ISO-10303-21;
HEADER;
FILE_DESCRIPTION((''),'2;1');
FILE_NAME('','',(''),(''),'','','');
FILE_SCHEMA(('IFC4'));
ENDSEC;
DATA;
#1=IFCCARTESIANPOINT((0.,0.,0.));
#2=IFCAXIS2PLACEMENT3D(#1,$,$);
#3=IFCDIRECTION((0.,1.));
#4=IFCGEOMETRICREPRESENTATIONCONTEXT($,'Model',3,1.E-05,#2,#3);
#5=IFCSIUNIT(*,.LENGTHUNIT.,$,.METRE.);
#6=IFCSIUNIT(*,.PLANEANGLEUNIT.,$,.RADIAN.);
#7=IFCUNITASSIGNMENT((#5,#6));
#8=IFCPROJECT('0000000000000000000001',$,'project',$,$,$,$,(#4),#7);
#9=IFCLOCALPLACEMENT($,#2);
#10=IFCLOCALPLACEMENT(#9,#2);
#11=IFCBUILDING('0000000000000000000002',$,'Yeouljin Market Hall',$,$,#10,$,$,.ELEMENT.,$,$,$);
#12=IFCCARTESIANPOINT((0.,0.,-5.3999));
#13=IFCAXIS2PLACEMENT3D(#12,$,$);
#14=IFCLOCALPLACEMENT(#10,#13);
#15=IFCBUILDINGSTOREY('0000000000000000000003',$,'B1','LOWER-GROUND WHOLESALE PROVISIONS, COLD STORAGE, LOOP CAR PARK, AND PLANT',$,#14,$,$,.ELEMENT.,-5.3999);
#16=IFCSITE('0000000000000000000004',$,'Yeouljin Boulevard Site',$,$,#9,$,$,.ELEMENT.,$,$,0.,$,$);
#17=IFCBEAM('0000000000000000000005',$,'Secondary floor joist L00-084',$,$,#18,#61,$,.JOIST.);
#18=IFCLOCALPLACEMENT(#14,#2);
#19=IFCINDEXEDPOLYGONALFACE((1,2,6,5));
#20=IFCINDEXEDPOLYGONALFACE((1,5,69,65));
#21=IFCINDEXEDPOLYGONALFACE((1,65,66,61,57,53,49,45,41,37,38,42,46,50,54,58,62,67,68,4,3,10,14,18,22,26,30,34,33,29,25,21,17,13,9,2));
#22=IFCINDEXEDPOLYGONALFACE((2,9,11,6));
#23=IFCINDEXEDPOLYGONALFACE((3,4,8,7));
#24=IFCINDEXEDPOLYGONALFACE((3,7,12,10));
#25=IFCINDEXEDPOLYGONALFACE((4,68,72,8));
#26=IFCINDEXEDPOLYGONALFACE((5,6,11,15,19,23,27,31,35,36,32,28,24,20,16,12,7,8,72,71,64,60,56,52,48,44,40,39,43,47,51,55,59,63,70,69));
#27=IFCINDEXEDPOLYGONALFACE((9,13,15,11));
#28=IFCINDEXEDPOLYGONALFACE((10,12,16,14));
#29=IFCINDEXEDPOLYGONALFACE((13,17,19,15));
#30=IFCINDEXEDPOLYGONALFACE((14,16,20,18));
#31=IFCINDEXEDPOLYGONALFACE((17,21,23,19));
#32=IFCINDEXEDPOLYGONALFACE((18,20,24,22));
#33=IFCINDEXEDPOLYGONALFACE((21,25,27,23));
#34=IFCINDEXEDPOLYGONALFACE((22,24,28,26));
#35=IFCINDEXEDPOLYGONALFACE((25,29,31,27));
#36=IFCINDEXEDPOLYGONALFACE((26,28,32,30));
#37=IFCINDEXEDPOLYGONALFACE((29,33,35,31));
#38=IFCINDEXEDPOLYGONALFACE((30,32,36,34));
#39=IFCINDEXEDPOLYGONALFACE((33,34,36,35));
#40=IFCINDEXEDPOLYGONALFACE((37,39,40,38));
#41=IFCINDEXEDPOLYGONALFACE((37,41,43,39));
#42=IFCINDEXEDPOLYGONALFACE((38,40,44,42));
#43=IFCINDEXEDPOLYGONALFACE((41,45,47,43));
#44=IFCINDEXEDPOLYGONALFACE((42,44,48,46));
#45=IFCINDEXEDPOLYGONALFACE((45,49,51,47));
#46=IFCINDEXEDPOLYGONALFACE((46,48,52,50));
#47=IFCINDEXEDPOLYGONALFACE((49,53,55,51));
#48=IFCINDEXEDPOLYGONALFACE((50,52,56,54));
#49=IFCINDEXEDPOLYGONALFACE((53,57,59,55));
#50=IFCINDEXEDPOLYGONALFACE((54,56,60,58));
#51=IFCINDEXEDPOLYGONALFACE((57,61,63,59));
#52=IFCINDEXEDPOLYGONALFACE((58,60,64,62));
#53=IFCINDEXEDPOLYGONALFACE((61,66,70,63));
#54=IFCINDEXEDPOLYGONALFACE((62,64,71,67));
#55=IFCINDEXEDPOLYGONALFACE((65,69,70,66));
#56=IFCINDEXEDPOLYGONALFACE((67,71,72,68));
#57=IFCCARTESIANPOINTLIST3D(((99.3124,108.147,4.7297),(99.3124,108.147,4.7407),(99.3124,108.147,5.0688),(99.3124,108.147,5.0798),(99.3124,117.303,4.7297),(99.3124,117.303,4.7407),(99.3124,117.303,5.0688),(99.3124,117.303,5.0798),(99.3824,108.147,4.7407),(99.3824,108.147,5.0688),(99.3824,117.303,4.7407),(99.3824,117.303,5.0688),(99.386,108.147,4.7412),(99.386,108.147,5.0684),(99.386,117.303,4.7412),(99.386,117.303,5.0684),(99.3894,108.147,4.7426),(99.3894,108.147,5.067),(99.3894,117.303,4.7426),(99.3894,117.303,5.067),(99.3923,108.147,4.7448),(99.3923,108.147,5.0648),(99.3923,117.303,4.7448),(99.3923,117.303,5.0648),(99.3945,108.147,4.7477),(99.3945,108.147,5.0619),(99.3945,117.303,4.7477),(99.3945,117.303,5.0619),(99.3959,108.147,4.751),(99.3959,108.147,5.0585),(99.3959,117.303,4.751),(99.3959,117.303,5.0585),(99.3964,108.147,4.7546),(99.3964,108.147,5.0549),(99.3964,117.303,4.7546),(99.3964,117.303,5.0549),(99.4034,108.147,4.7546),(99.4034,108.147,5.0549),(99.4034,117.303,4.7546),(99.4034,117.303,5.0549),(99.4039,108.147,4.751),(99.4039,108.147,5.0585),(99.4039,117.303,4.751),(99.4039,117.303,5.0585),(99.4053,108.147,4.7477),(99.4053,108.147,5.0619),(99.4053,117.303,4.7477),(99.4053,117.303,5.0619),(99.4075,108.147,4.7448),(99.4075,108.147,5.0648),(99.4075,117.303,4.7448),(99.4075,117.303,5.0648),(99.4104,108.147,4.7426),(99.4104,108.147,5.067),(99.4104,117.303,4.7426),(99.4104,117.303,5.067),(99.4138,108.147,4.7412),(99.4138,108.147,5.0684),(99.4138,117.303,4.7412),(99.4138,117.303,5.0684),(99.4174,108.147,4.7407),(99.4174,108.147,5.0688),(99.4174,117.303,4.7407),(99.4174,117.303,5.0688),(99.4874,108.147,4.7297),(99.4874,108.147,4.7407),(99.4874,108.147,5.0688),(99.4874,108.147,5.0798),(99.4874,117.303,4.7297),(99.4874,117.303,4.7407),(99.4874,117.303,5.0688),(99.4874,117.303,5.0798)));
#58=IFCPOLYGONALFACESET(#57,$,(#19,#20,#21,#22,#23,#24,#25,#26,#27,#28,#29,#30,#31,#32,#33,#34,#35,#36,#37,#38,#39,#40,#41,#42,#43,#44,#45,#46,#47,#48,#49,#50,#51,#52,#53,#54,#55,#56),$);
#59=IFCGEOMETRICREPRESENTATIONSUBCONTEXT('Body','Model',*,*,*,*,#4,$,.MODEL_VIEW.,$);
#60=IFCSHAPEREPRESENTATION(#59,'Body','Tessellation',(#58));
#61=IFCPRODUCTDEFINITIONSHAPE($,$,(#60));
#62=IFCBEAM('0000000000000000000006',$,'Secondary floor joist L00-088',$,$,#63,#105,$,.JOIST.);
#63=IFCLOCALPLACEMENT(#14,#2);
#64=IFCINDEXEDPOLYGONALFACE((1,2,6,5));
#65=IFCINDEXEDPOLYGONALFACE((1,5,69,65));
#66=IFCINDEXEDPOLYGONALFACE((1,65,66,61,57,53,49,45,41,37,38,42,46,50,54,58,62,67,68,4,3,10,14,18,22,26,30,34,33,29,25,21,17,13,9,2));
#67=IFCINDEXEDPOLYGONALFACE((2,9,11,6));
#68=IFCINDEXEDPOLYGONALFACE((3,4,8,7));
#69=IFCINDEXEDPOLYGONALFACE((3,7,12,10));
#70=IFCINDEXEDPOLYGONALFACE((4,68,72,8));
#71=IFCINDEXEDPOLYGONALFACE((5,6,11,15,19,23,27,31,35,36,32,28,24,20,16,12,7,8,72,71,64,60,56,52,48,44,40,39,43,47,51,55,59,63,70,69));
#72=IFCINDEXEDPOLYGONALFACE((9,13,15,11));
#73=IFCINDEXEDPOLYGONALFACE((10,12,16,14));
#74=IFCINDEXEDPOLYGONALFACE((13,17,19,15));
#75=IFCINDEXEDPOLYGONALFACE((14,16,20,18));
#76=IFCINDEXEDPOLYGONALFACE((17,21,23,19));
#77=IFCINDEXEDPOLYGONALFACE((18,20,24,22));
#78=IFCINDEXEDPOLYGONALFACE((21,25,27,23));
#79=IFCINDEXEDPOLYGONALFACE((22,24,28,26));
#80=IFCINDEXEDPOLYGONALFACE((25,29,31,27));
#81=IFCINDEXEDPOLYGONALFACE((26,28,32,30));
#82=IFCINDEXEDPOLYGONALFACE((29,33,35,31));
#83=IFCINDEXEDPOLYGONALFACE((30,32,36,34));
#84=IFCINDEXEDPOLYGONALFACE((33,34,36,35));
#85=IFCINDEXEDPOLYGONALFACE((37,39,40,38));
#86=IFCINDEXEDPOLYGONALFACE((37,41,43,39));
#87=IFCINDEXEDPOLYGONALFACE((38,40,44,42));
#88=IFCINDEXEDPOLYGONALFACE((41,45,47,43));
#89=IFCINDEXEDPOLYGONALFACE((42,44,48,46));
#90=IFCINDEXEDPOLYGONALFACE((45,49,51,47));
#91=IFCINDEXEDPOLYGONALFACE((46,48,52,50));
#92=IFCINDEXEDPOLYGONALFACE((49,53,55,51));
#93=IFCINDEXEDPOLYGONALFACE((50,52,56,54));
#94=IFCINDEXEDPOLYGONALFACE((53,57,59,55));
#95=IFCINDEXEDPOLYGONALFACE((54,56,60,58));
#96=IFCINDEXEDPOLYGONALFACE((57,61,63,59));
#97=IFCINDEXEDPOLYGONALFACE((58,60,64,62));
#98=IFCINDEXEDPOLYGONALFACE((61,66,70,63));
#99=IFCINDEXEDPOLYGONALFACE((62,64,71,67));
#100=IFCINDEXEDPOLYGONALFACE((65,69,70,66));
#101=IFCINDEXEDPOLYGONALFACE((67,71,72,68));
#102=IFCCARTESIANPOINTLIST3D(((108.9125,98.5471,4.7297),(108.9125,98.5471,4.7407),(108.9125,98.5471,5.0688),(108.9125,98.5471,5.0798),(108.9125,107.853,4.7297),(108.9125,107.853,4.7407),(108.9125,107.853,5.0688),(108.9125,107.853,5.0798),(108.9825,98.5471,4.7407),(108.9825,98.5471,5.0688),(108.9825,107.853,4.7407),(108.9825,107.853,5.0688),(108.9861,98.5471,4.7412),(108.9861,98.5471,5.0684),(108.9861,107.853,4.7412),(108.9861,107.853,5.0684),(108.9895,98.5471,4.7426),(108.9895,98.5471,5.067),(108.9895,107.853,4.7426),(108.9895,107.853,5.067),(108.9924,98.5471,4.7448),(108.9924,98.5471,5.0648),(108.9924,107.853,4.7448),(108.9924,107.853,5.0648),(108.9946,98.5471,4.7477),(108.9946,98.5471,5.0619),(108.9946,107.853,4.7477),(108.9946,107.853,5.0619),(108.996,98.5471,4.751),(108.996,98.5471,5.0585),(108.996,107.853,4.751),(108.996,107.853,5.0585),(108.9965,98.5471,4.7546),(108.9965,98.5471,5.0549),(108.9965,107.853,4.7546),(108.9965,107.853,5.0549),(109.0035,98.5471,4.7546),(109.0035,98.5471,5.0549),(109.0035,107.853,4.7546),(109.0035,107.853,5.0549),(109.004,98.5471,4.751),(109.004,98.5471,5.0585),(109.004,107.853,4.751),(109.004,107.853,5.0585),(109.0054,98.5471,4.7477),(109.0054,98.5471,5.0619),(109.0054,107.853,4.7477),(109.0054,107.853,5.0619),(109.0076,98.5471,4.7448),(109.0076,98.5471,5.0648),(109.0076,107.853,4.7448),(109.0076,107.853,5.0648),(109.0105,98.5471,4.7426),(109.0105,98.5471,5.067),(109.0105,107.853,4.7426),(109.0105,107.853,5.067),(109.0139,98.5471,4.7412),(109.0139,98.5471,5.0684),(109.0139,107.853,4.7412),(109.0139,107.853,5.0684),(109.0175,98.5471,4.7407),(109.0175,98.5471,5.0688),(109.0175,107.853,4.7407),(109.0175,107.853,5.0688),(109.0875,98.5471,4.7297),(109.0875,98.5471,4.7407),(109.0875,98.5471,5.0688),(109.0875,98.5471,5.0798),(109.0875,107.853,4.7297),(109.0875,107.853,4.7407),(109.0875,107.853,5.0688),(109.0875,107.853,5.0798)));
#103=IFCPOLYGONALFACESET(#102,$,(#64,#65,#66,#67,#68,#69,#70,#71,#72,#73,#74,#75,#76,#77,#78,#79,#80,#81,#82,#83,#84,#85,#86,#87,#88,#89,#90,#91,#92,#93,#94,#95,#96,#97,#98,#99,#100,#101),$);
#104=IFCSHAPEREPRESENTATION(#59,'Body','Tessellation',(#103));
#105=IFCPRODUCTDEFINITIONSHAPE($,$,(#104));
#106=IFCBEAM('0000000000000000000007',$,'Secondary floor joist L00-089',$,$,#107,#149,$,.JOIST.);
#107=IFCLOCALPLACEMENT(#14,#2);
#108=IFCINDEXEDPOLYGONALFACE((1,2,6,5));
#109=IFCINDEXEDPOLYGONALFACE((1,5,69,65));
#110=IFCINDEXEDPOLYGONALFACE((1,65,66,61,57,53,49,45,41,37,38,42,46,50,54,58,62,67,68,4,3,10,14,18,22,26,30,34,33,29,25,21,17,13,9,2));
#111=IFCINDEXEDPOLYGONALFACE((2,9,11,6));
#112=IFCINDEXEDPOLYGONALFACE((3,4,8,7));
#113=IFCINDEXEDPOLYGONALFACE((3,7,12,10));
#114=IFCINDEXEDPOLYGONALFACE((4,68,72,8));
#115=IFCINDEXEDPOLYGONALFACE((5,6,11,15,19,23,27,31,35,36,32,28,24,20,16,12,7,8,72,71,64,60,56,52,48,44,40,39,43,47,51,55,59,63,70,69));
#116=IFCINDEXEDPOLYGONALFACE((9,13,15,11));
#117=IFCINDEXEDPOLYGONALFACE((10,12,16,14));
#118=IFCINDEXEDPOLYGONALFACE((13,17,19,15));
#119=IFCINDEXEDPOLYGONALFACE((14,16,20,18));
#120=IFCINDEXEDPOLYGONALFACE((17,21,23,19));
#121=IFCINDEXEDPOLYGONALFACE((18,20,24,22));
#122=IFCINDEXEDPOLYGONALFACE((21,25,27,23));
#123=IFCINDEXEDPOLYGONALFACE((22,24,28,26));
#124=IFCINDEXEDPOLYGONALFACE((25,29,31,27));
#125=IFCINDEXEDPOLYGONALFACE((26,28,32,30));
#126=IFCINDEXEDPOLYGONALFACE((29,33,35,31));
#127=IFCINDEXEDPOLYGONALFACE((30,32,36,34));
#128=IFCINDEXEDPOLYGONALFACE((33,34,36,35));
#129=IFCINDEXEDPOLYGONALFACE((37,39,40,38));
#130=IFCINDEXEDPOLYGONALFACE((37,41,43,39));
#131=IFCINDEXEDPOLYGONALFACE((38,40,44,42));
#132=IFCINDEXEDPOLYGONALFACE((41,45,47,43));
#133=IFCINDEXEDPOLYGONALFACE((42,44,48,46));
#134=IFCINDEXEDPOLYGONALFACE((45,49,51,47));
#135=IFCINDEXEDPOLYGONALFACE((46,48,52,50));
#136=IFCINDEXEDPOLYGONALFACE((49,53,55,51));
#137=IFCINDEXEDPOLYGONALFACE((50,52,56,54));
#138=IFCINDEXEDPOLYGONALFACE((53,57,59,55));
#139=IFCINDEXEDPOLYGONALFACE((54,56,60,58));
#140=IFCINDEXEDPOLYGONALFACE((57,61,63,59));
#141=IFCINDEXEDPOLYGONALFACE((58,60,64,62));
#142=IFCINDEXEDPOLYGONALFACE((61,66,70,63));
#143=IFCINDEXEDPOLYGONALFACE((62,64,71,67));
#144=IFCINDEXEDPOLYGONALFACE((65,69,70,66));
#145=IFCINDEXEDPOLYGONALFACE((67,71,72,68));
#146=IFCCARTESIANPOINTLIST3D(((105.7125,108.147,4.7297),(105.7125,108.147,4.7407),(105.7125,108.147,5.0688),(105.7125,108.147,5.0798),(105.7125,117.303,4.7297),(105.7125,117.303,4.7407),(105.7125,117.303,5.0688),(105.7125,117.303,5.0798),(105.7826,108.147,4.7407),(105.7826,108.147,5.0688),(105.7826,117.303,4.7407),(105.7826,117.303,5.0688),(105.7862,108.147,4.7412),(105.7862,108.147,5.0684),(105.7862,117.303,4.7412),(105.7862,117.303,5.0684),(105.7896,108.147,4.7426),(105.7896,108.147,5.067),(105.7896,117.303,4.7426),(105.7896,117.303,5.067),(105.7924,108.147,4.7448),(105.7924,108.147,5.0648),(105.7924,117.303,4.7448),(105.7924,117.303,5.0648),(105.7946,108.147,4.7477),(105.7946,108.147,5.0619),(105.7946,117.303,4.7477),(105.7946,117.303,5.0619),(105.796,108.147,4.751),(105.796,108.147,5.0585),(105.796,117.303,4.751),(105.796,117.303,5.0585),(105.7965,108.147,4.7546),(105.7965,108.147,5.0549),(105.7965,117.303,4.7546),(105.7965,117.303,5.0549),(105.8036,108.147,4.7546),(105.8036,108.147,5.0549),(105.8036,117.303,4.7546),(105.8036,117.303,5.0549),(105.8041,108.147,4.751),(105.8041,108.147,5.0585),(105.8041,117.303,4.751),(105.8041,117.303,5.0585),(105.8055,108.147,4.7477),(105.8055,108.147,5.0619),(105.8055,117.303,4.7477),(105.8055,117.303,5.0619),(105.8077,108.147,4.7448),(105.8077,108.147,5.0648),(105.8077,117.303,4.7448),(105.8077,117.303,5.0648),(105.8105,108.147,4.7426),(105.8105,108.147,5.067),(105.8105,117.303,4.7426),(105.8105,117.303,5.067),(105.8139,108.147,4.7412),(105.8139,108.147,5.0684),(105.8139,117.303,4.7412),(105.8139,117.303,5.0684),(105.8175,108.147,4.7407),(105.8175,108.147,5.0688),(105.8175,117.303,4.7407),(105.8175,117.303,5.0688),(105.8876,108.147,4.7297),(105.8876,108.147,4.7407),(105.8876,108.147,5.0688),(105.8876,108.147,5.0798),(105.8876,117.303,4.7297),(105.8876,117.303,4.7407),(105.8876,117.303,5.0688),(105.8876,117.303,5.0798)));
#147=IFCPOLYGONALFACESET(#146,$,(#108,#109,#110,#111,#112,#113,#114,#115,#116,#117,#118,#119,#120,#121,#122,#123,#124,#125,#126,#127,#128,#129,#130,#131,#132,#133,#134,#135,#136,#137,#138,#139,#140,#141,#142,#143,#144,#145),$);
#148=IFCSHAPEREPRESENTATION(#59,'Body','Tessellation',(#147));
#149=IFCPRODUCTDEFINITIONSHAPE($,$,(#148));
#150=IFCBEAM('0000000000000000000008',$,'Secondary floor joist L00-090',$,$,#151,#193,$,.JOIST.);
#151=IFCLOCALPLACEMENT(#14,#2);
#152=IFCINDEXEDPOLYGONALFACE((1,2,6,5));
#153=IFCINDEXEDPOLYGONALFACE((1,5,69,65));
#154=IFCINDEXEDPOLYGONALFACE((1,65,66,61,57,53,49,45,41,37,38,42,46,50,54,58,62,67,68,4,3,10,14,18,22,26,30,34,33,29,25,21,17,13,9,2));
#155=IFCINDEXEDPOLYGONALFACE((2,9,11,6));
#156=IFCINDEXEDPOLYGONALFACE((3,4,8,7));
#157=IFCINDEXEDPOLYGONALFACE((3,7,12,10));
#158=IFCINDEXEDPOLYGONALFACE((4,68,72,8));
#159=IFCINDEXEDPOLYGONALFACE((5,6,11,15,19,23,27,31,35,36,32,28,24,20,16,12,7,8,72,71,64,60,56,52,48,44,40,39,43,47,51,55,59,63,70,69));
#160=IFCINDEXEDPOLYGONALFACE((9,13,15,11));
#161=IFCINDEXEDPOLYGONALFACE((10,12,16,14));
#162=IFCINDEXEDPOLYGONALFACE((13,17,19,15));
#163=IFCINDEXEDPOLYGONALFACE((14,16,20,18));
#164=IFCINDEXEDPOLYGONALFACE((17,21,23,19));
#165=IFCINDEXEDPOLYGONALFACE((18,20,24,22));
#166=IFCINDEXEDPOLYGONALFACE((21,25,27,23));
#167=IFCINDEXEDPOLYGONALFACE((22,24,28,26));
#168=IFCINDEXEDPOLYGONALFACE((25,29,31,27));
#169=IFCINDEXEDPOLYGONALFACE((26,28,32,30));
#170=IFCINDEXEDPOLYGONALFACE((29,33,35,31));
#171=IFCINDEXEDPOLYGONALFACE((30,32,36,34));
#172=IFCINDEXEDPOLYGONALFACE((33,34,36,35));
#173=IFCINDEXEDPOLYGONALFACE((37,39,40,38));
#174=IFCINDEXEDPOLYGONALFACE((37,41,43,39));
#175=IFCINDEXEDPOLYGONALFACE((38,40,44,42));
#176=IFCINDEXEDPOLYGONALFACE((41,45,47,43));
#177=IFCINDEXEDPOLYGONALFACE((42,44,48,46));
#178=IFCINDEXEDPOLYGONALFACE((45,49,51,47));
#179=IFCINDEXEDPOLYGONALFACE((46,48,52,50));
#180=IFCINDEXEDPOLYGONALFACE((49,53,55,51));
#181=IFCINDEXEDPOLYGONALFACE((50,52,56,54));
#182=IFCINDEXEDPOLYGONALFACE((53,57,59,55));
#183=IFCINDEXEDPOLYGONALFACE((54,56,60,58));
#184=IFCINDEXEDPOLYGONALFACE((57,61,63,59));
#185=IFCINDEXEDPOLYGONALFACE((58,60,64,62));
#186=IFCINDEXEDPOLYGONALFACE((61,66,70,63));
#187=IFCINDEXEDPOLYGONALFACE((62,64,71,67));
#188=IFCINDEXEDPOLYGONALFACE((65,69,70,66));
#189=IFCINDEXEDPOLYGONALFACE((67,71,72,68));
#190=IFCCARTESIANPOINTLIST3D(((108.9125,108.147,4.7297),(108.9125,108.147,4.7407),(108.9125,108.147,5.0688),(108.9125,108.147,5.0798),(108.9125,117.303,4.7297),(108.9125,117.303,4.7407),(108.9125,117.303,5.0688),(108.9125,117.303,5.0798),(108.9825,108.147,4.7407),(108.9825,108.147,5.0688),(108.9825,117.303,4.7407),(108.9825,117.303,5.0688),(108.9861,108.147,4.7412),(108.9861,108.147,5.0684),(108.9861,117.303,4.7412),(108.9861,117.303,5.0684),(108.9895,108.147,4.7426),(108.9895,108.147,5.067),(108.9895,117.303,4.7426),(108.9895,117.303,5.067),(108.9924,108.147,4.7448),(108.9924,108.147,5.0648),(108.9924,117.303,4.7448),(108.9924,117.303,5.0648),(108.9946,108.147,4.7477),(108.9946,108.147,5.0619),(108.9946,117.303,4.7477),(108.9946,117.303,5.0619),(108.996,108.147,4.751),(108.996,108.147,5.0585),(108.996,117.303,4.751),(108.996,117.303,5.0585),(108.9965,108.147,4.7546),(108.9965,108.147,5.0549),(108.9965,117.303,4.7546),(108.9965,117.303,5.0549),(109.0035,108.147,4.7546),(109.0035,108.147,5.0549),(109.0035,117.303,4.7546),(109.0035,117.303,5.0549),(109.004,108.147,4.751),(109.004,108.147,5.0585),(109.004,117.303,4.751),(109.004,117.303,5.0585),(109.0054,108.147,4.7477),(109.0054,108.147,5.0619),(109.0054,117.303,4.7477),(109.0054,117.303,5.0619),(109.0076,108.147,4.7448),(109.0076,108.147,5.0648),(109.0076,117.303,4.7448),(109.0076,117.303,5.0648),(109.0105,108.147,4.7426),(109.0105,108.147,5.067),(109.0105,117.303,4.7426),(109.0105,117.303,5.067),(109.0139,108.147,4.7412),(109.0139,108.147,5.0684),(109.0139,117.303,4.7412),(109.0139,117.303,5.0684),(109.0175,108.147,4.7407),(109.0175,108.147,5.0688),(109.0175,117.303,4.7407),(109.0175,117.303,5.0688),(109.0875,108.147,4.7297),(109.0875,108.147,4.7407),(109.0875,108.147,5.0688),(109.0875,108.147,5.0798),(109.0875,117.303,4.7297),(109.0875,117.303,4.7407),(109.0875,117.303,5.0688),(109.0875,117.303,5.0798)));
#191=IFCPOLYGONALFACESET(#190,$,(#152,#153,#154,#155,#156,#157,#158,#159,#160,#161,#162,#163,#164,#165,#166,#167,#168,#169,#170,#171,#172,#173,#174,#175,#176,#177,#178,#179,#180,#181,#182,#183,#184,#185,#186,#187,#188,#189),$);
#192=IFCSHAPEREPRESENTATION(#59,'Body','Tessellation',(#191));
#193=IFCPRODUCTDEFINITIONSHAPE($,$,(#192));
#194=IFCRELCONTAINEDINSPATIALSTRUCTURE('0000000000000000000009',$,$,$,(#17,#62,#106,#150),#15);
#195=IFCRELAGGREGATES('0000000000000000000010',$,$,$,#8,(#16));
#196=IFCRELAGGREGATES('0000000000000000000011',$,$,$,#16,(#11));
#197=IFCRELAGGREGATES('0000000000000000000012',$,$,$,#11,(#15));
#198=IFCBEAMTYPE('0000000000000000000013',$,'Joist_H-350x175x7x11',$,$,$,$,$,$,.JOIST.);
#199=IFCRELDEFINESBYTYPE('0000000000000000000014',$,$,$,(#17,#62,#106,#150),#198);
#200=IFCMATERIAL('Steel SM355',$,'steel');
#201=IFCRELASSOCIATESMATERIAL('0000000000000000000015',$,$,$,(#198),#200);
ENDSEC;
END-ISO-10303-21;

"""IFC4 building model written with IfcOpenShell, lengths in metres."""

from ifc_helpers import new_model, si_unit, direction, frame, origin, origin_2d, place, context, subcontext, project, spatial, i_section, extrude, material, material_profile, profile_set, type_object, element, save


model = new_model("IFC4")

# Units and contexts
model_context = context("Model", 3, precision=1e-05, world=origin(), true_north=direction((0.0, 1.0)))
body_context = subcontext(model_context, "Body", "Model", "MODEL_VIEW")
ifc_project = project(units=[si_unit("LENGTHUNIT", "METRE"), si_unit("PLANEANGLEUNIT", "RADIAN")], contexts=[model_context])

# Site, building, storey
site_placement = place(None, origin())
site = spatial("IfcSite", under=ifc_project, at=site_placement, Name="Yeouljin Boulevard Site", CompositionType="ELEMENT", RefElevation=0.0)
building_placement = place(site_placement, origin())
building = spatial("IfcBuilding", under=site, at=building_placement, Name="Yeouljin Market Hall", CompositionType="ELEMENT")
storey_placement = place(building_placement, frame((0.0, 0.0, -5.3999)))
storey = spatial("IfcBuildingStorey", under=building, at=storey_placement, Name="B1", Description="LOWER-GROUND WHOLESALE PROVISIONS, COLD STORAGE, LOOP CAR PARK, AND PLANT", CompositionType="ELEMENT", Elevation=-5.3999)

# Beams
ifc_material_1 = material(Name="Steel SM355", Category="steel")
ifc_material_profile_1 = material_profile(ifc_material_1, i_section(OverallWidth=0.175, OverallDepth=0.3501, WebThickness=0.0071, FlangeThickness=0.011, FilletRadius=0.0139, at=origin_2d()), Name="H-350x175x7x11")
ifc_profile_set_1 = profile_set([ifc_material_profile_1], Name="Steel SM355")
beam_type_1 = type_object("IfcBeamType", Name="Joist_H-350x175x7x11", PredefinedType="JOIST", material=ifc_profile_set_1)
for number, where, z_axis, x_axis, name in (
    (1, (99.3999, 108.147, 4.9048), (0.0, 1.0, 0.0), (-1.0, 0.0, 0.0), "Secondary floor joist L00-084"),
):
    element("IfcBeam", number, at=place(storey_placement, frame(where, z_axis=z_axis, x_axis=x_axis)), inside=storey, type_object=beam_type_1, Name=name, PredefinedType="JOIST", context=body_context, shape_type="SweptSolid", body=[
        extrude(i_section(OverallWidth=0.175, OverallDepth=0.3501, WebThickness=0.0071, FlangeThickness=0.011, FilletRadius=0.0139, at=origin_2d()), origin(), (0.0, 0.0, 1.0), 9.156),
    ])
beam_1_placement = place(storey_placement, frame((109.0, 98.5471, 4.9048), z_axis=(0.0, 1.0, 0.0), x_axis=(-1.0, 0.0, 0.0)))
element("IfcBeam", 2, at=beam_1_placement, inside=storey, type_object=beam_type_1, Name="Secondary floor joist L00-088", PredefinedType="JOIST", context=body_context, shape_type="SweptSolid", body=[
    extrude(i_section(OverallWidth=0.175, OverallDepth=0.3501, WebThickness=0.0071, FlangeThickness=0.011, FilletRadius=0.0139, at=origin_2d()), origin(), (0.0, 0.0, 1.0), 9.3059),
])
for number, where, z_axis, x_axis, name in (
    (3, (105.8, 108.147, 4.9048), (0.0, 1.0, 0.0), (-1.0, 0.0, 0.0), "Secondary floor joist L00-089"),
    (4, (109.0, 108.147, 4.9048), (0.0, 1.0, 0.0), (-1.0, 0.0, 0.0), "Secondary floor joist L00-090"),
):
    element("IfcBeam", number, at=place(storey_placement, frame(where, z_axis=z_axis, x_axis=x_axis)), inside=storey, type_object=beam_type_1, Name=name, PredefinedType="JOIST", context=body_context, shape_type="SweptSolid", body=[
        extrude(i_section(OverallWidth=0.175, OverallDepth=0.3501, WebThickness=0.0071, FlangeThickness=0.011, FilletRadius=0.0139, at=origin_2d()), origin(), (0.0, 0.0, 1.0), 9.156),
    ])

save(model, "model.ifc")
